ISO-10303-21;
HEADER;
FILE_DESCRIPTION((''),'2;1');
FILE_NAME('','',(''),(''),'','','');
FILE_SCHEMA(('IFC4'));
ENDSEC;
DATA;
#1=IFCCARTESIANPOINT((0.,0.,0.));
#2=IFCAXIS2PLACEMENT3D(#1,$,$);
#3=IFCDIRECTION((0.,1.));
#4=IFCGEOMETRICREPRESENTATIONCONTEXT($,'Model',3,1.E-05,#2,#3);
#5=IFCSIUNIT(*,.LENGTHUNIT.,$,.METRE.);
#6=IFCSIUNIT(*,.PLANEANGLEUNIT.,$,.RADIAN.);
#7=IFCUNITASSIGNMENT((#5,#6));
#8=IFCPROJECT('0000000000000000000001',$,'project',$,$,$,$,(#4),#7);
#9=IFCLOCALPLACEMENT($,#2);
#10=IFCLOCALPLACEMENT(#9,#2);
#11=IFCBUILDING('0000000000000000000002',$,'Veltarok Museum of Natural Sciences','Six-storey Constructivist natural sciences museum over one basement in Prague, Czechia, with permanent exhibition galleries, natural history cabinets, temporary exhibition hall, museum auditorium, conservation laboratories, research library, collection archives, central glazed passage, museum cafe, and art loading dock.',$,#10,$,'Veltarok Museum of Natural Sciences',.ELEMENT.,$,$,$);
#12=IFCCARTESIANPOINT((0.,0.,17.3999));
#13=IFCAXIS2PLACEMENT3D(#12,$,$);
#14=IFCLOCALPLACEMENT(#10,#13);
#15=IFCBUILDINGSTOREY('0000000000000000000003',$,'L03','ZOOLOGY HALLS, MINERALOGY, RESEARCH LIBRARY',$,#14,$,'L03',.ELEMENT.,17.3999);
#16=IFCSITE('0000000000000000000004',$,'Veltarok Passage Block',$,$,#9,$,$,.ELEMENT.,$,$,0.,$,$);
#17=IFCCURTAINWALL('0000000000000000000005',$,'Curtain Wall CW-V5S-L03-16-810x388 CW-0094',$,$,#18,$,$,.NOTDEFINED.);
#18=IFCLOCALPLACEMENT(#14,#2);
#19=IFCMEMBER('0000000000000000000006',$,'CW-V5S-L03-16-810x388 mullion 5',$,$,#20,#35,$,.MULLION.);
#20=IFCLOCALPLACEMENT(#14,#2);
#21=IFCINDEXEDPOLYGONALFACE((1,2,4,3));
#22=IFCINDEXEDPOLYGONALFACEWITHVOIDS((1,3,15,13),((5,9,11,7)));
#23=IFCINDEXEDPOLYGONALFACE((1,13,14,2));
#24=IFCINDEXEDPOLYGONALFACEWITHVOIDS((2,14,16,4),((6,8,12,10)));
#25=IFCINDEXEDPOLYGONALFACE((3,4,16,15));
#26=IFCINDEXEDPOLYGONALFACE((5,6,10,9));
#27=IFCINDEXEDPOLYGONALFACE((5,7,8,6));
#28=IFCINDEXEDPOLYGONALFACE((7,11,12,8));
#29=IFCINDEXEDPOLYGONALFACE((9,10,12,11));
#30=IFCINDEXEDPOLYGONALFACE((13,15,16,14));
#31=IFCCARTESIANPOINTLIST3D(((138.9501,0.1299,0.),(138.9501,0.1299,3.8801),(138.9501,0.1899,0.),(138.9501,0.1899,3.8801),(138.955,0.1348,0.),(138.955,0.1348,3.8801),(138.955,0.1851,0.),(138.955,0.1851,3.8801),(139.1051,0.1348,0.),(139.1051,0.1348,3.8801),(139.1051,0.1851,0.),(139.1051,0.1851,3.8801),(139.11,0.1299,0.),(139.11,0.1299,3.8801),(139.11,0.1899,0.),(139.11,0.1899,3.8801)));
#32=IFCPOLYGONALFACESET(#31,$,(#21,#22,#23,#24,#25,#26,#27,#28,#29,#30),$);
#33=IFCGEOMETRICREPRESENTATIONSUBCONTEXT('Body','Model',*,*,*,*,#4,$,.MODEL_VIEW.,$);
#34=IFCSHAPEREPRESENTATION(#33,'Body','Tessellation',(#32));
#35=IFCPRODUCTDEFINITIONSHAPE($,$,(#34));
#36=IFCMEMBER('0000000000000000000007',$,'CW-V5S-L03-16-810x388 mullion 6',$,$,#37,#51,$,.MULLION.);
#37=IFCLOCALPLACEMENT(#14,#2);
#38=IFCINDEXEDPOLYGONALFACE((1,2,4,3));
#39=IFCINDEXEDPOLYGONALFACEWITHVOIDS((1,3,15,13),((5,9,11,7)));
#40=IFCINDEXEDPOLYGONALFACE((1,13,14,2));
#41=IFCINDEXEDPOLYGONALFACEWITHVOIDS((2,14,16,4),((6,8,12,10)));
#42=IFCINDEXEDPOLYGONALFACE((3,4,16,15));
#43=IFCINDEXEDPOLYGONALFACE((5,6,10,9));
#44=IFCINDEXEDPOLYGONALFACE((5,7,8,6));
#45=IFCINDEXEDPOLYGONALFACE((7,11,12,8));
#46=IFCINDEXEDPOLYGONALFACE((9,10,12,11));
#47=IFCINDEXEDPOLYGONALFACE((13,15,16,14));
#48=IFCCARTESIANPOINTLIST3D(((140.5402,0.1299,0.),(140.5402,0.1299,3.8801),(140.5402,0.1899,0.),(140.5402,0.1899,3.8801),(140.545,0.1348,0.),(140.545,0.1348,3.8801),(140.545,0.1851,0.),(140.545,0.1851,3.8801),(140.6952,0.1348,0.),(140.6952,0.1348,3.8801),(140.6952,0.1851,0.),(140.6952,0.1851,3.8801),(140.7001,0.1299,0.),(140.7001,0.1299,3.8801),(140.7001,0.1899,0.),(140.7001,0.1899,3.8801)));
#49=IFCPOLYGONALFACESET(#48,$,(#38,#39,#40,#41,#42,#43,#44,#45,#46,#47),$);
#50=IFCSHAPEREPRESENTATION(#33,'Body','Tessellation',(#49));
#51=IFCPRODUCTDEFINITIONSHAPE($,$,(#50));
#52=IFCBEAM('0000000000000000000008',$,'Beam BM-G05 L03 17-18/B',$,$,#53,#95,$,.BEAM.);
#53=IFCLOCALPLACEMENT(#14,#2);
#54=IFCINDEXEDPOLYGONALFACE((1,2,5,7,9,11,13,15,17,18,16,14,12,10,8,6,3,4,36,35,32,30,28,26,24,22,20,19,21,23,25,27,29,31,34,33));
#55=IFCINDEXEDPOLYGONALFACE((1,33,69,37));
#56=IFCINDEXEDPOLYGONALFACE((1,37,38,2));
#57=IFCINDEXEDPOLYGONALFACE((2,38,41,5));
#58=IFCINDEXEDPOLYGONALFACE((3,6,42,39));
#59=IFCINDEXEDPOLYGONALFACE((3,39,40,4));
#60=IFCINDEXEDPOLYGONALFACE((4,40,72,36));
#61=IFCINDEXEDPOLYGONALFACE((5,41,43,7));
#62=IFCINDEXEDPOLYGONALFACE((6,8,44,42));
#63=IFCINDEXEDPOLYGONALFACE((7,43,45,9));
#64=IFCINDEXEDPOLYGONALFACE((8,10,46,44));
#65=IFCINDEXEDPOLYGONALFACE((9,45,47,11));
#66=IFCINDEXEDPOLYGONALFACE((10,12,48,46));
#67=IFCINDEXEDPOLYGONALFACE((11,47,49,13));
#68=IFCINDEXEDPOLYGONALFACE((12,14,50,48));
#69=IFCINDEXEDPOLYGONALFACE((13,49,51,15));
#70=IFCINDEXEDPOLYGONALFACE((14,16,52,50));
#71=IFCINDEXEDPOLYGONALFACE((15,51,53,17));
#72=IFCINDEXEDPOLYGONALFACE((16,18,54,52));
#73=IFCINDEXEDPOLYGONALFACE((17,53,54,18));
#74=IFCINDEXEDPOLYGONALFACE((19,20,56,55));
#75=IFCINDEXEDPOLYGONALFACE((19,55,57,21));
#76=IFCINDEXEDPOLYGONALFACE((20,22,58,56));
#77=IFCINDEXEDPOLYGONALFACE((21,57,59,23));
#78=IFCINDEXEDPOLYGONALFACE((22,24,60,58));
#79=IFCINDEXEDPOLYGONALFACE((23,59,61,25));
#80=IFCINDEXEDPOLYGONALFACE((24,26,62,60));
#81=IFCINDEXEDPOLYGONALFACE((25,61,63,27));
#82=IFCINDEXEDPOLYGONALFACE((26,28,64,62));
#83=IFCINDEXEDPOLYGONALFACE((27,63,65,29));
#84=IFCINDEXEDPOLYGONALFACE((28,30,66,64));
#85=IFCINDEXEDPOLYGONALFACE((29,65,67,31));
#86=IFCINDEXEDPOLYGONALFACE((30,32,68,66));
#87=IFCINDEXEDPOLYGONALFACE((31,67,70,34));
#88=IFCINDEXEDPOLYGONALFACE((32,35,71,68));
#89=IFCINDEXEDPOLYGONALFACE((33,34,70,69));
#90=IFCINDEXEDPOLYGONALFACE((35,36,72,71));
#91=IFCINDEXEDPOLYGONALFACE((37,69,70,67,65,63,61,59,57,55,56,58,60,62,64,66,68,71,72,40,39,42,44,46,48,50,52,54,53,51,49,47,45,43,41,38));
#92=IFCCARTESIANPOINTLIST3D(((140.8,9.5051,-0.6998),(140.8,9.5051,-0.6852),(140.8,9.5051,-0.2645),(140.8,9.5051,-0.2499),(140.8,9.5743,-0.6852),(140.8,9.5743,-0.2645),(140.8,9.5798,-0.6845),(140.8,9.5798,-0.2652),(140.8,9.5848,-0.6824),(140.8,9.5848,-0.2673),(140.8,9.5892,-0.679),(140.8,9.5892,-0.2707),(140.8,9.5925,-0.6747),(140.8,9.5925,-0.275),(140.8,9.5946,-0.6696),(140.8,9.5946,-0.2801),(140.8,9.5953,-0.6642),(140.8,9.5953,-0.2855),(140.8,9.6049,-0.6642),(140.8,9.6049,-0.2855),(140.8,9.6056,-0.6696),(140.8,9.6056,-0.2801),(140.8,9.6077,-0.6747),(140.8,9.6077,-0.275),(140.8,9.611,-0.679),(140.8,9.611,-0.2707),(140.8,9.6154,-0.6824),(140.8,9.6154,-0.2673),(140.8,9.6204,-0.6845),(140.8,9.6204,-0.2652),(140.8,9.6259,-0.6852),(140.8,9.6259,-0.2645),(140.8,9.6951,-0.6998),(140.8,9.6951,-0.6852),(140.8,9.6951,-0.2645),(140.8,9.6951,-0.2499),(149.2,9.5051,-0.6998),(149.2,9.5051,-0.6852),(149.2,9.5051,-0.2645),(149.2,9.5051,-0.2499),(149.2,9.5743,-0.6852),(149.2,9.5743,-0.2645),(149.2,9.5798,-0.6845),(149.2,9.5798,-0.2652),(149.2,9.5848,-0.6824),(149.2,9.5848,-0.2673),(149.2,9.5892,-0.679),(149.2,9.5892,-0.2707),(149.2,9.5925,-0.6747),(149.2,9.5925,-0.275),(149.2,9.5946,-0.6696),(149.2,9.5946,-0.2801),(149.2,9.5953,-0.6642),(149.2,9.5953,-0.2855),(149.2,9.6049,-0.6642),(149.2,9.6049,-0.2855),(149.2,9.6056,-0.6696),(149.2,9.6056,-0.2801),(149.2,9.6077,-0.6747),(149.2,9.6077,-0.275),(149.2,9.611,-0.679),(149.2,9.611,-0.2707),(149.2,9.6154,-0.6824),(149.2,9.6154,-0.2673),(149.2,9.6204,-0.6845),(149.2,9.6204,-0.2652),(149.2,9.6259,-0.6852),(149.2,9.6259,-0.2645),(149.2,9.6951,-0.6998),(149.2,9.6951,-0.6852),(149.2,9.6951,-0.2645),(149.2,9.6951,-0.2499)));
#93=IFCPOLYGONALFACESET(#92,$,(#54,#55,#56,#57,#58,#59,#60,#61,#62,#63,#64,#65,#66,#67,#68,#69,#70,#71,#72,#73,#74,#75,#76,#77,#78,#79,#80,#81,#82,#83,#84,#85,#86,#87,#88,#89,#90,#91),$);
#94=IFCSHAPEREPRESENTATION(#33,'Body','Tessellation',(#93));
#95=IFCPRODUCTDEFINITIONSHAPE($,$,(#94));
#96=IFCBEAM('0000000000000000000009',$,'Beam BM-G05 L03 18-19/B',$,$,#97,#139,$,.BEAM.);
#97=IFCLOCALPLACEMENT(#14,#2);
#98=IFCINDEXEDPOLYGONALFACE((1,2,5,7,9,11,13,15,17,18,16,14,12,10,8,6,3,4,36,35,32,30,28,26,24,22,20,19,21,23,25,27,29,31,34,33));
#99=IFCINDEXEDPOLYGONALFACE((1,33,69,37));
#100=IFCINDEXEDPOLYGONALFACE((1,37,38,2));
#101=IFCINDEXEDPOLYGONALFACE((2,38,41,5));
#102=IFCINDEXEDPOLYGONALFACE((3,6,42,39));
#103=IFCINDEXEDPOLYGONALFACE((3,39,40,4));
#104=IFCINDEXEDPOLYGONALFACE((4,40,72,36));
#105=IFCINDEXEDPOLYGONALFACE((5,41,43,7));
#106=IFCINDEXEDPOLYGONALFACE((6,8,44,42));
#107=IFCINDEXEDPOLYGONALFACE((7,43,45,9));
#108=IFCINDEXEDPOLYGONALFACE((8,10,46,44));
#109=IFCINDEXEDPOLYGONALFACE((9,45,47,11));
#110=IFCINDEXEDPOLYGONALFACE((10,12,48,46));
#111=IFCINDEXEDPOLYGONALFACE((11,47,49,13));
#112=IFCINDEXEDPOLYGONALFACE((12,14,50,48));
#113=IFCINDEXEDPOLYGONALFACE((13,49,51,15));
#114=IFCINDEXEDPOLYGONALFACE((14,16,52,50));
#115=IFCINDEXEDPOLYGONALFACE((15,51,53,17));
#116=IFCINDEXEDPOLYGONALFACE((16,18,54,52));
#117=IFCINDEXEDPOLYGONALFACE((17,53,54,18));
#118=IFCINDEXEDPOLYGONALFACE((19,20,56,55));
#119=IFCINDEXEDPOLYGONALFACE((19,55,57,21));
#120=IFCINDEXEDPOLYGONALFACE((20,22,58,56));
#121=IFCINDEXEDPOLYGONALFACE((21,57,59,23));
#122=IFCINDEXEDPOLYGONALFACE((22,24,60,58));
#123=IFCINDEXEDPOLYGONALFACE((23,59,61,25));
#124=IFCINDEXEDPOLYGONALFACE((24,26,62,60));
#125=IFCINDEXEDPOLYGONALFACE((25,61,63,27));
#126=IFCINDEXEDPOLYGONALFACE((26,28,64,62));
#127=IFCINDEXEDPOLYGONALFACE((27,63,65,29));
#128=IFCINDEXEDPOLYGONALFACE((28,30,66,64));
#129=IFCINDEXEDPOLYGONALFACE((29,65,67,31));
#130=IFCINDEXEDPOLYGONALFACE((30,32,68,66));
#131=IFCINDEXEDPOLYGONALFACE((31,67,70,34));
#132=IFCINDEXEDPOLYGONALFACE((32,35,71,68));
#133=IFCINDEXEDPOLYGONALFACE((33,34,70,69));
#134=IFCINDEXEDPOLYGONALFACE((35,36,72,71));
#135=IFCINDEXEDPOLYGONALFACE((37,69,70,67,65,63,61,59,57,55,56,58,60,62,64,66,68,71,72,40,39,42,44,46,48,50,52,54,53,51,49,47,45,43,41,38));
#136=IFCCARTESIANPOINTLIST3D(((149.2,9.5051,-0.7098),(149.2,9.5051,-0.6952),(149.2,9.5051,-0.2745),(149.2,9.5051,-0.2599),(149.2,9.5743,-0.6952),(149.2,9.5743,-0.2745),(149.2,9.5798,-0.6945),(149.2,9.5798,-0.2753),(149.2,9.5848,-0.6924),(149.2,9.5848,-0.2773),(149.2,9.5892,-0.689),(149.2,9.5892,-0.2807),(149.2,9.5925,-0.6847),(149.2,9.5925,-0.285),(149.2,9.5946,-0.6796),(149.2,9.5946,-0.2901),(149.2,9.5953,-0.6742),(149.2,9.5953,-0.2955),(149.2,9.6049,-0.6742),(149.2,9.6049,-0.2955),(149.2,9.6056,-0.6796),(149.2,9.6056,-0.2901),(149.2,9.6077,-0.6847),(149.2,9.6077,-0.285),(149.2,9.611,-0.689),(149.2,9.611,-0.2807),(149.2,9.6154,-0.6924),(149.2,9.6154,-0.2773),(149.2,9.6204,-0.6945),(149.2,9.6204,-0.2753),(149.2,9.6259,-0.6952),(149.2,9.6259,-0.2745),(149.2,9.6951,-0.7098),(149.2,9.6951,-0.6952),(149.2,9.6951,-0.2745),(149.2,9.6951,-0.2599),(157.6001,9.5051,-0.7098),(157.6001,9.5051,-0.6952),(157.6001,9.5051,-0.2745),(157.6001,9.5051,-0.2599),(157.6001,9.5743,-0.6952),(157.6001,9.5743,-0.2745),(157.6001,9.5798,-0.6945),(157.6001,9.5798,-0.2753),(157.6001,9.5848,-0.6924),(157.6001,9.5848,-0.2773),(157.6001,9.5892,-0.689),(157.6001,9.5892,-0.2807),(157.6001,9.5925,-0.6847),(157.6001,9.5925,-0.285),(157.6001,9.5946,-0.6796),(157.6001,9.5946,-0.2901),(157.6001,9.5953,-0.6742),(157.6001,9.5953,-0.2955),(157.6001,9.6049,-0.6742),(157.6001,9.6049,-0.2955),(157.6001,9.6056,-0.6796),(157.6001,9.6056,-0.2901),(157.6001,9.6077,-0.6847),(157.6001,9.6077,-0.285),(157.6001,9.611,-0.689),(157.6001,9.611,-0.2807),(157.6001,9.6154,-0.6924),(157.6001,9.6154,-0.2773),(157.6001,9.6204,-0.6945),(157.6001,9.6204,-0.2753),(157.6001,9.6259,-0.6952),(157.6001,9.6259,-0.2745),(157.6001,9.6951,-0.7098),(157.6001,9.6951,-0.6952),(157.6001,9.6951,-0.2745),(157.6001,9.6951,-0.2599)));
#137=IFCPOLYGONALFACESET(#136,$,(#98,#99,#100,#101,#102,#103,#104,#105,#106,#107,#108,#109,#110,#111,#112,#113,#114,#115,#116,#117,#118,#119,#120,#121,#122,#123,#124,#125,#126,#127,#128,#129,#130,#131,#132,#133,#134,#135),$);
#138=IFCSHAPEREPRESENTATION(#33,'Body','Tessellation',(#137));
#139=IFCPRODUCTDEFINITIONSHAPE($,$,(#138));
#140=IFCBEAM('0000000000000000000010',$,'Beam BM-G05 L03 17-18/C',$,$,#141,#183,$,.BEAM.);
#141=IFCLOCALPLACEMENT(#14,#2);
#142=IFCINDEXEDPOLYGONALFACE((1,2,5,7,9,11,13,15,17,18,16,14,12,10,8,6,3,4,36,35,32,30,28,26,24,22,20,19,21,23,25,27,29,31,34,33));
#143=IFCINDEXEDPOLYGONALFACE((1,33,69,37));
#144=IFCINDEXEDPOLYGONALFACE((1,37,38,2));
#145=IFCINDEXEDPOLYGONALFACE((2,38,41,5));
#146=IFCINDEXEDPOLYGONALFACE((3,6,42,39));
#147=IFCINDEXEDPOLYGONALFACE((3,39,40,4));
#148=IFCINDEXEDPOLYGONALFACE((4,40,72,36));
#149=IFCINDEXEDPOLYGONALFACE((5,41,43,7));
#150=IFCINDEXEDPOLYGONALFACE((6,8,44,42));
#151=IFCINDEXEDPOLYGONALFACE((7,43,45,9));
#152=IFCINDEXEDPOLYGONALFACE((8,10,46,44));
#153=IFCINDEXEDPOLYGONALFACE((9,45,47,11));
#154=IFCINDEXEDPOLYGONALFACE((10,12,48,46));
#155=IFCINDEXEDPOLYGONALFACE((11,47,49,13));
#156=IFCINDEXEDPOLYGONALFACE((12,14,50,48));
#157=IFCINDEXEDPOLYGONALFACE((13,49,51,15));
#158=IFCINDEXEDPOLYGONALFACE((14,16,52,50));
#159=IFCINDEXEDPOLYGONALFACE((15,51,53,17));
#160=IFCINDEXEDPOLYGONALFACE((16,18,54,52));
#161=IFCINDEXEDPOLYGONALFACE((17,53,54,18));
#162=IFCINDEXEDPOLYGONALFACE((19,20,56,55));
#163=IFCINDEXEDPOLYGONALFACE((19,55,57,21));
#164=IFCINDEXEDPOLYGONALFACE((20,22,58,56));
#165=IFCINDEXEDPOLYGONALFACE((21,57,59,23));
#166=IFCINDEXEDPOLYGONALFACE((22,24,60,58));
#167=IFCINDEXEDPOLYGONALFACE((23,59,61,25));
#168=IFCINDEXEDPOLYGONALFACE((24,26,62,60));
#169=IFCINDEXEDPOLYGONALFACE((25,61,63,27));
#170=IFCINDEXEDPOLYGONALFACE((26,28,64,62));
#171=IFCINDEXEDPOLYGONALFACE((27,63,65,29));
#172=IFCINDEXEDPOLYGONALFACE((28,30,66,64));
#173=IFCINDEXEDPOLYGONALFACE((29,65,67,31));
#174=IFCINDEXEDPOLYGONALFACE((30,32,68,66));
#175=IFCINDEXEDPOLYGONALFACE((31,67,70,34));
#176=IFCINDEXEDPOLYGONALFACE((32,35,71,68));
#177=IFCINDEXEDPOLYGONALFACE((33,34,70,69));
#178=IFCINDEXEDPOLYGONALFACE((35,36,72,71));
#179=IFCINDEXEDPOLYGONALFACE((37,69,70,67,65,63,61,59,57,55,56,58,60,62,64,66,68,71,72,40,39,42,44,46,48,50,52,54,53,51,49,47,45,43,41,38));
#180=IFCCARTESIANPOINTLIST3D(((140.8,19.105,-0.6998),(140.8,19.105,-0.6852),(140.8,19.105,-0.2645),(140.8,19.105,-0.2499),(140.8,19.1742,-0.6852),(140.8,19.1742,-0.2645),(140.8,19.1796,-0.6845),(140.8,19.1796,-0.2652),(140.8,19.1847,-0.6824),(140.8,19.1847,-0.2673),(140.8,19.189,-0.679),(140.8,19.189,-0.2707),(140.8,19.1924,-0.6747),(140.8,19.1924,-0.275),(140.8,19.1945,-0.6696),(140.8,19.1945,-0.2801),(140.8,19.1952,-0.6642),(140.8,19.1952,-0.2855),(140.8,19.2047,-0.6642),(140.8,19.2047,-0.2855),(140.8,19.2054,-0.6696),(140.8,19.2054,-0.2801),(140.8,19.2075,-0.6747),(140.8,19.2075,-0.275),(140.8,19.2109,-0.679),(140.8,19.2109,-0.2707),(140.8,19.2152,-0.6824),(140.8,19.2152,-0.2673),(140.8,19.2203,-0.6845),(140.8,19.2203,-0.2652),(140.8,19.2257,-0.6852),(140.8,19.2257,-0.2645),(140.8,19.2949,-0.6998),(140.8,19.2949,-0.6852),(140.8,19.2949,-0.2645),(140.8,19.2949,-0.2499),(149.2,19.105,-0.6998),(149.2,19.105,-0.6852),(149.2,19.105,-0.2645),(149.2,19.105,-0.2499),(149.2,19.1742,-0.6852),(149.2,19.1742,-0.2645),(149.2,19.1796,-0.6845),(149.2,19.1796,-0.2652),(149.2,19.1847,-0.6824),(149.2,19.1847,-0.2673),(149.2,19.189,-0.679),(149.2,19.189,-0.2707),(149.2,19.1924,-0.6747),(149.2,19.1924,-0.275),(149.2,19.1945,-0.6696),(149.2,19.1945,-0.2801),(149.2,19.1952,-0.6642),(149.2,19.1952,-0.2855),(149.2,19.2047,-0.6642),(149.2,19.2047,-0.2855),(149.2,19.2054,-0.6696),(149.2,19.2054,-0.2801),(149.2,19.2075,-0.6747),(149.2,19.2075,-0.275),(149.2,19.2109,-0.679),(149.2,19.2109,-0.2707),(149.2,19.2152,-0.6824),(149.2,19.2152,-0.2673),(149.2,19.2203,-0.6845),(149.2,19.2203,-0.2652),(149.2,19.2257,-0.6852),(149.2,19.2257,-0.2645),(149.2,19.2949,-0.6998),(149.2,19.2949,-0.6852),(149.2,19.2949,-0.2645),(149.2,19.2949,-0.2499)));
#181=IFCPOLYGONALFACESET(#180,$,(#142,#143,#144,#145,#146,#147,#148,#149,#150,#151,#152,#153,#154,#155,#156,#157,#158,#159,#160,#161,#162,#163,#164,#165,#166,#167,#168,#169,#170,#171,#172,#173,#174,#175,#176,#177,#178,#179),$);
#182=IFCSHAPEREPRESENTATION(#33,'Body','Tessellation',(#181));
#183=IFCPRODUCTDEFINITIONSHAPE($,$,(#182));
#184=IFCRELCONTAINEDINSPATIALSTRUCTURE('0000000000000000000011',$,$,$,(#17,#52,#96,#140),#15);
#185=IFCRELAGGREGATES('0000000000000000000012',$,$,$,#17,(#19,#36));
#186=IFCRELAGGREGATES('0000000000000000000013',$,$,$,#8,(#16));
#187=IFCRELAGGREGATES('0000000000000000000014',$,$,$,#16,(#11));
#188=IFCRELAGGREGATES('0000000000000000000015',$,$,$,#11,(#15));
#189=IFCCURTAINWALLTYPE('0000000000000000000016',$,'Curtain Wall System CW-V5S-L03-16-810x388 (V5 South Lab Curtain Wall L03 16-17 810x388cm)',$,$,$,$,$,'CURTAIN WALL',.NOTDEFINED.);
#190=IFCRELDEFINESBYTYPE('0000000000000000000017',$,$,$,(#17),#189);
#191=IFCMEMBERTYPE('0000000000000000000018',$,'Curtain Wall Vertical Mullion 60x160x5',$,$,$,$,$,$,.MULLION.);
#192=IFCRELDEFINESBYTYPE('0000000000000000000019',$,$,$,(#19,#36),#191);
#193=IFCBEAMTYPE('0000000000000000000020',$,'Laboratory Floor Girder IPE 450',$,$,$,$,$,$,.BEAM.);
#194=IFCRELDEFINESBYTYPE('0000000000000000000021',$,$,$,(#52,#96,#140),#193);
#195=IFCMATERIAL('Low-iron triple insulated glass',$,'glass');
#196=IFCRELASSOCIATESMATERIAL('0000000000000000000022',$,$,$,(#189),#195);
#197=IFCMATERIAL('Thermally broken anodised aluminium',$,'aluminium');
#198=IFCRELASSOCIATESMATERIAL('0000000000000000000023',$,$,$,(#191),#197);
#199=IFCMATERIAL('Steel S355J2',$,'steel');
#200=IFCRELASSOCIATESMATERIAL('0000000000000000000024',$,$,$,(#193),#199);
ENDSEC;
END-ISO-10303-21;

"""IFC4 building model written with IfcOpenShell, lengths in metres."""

from ifc_helpers import new_model, si_unit, direction, frame, origin, origin_2d, place, context, subcontext, project, spatial, hollow_rectangle, i_section, extrude, material, material_profile, profile_set, type_object, element, aggregate, save


model = new_model("IFC4")

# Units and contexts
model_context = context("Model", 3, precision=1e-05, world=origin(), true_north=direction((0.0, 1.0)))
body_context = subcontext(model_context, "Body", "Model", "MODEL_VIEW")
ifc_project = project(units=[si_unit("LENGTHUNIT", "METRE"), si_unit("PLANEANGLEUNIT", "RADIAN")], contexts=[model_context])

# Site, building, storey
site_placement = place(None, origin())
site = spatial("IfcSite", under=ifc_project, at=site_placement, Name="Veltarok Passage Block", CompositionType="ELEMENT", RefElevation=0.0)
building_placement = place(site_placement, origin())
building = spatial("IfcBuilding", under=site, at=building_placement, Name="Veltarok Museum of Natural Sciences", Description="Six-storey Constructivist natural sciences museum over one basement in Prague, Czechia, with permanent exhibition galleries, natural history cabinets, temporary exhibition hall, museum auditorium, conservation laboratories, research library, collection archives, central glazed passage, museum cafe, and art loading dock.", LongName="Veltarok Museum of Natural Sciences", CompositionType="ELEMENT")
storey_placement = place(building_placement, frame((0.0, 0.0, 17.3999)))
storey = spatial("IfcBuildingStorey", under=building, at=storey_placement, Name="L03", Description="ZOOLOGY HALLS, MINERALOGY, RESEARCH LIBRARY", LongName="L03", CompositionType="ELEMENT", Elevation=17.3999)

# Curtain wall, members
ifc_material_1 = material(Name="Low-iron triple insulated glass", Category="glass")
curtain_wall_type = type_object("IfcCurtainWallType", Name="Curtain Wall System CW-V5S-L03-16-810x388 (V5 South Lab Curtain Wall L03 16-17 810x388cm)", ElementType="CURTAIN WALL", PredefinedType="NOTDEFINED", material=ifc_material_1)
curtain_wall_placement = place(storey_placement, origin())
curtain_wall = element("IfcCurtainWall", 1, at=curtain_wall_placement, inside=storey, type_object=curtain_wall_type, Name="Curtain Wall CW-V5S-L03-16-810x388 CW-0094", PredefinedType="NOTDEFINED")
ifc_material_2 = material(Name="Thermally broken anodised aluminium", Category="aluminium")
ifc_material_profile_1 = material_profile(ifc_material_2, hollow_rectangle(XDim=0.0601, YDim=0.1599, WallThickness=0.0049, at=origin_2d()), Name="CW MULLION 60x160x5")
ifc_profile_set_1 = profile_set([ifc_material_profile_1], Name="Thermally broken anodised aluminium")
member_type_1 = type_object("IfcMemberType", Name="Curtain Wall Vertical Mullion 60x160x5", PredefinedType="MULLION", material=ifc_profile_set_1)
member_1_placement = place(storey_placement, frame((139.03, 0.1599, 0.0), z_axis=(0.0, 0.0, 1.0), x_axis=(0.0, 1.0, 0.0)))
member_1 = element("IfcMember", 2, at=member_1_placement, type_object=member_type_1, Name="CW-V5S-L03-16-810x388 mullion 5", PredefinedType="MULLION", context=body_context, shape_type="SweptSolid", body=[
    extrude(hollow_rectangle(XDim=0.0601, YDim=0.1599, WallThickness=0.0049, at=origin_2d()), origin(), (0.0, 0.0, 1.0), 3.8801),
])
member_2_placement = place(storey_placement, frame((140.6201, 0.1599, 0.0), z_axis=(0.0, 0.0, 1.0), x_axis=(0.0, 1.0, 0.0)))
member_2 = element("IfcMember", 3, at=member_2_placement, type_object=member_type_1, Name="CW-V5S-L03-16-810x388 mullion 6", PredefinedType="MULLION", context=body_context, shape_type="SweptSolid", body=[
    extrude(hollow_rectangle(XDim=0.0601, YDim=0.1599, WallThickness=0.0049, at=origin_2d()), origin(), (0.0, 0.0, 1.0), 3.8801),
])

# Beams
ifc_material_3 = material(Name="Steel S355J2", Category="steel")
ifc_material_profile_2 = material_profile(ifc_material_3, i_section(OverallWidth=0.1899, OverallDepth=0.45, WebThickness=0.0095, FlangeThickness=0.0146, FilletRadius=0.021, at=origin_2d()), Name="IPE 450")
ifc_profile_set_2 = profile_set([ifc_material_profile_2], Name="Steel S355J2")
beam_type_1 = type_object("IfcBeamType", Name="Laboratory Floor Girder IPE 450", PredefinedType="BEAM", material=ifc_profile_set_2)
beam_1_placement = place(storey_placement, frame((140.8, 9.6001, -0.4749), z_axis=(1.0, 0.0, 0.0), x_axis=(0.0, 1.0, 0.0)))
element("IfcBeam", 4, at=beam_1_placement, inside=storey, type_object=beam_type_1, Name="Beam BM-G05 L03 17-18/B", PredefinedType="BEAM", context=body_context, shape_type="SweptSolid", body=[
    extrude(i_section(OverallWidth=0.1899, OverallDepth=0.45, WebThickness=0.0095, FlangeThickness=0.0146, FilletRadius=0.021, at=origin_2d()), origin(), (0.0, 0.0, 1.0), 8.3999),
])
beam_2_placement = place(storey_placement, frame((149.2, 9.6001, -0.4849), z_axis=(1.0, 0.0, 0.0), x_axis=(0.0, 1.0, 0.0)))
element("IfcBeam", 5, at=beam_2_placement, inside=storey, type_object=beam_type_1, Name="Beam BM-G05 L03 18-19/B", PredefinedType="BEAM", context=body_context, shape_type="SweptSolid", body=[
    extrude(i_section(OverallWidth=0.1899, OverallDepth=0.45, WebThickness=0.0095, FlangeThickness=0.0146, FilletRadius=0.021, at=origin_2d()), origin(), (0.0, 0.0, 1.0), 8.4001),
])
beam_3_placement = place(storey_placement, frame((140.8, 19.2, -0.4749), z_axis=(1.0, 0.0, 0.0), x_axis=(0.0, 1.0, 0.0)))
element("IfcBeam", 6, at=beam_3_placement, inside=storey, type_object=beam_type_1, Name="Beam BM-G05 L03 17-18/C", PredefinedType="BEAM", context=body_context, shape_type="SweptSolid", body=[
    extrude(i_section(OverallWidth=0.1899, OverallDepth=0.45, WebThickness=0.0095, FlangeThickness=0.0146, FilletRadius=0.021, at=origin_2d()), origin(), (0.0, 0.0, 1.0), 8.3999),
])

aggregate(curtain_wall, [member_1, member_2])

save(model, "model.ifc")
